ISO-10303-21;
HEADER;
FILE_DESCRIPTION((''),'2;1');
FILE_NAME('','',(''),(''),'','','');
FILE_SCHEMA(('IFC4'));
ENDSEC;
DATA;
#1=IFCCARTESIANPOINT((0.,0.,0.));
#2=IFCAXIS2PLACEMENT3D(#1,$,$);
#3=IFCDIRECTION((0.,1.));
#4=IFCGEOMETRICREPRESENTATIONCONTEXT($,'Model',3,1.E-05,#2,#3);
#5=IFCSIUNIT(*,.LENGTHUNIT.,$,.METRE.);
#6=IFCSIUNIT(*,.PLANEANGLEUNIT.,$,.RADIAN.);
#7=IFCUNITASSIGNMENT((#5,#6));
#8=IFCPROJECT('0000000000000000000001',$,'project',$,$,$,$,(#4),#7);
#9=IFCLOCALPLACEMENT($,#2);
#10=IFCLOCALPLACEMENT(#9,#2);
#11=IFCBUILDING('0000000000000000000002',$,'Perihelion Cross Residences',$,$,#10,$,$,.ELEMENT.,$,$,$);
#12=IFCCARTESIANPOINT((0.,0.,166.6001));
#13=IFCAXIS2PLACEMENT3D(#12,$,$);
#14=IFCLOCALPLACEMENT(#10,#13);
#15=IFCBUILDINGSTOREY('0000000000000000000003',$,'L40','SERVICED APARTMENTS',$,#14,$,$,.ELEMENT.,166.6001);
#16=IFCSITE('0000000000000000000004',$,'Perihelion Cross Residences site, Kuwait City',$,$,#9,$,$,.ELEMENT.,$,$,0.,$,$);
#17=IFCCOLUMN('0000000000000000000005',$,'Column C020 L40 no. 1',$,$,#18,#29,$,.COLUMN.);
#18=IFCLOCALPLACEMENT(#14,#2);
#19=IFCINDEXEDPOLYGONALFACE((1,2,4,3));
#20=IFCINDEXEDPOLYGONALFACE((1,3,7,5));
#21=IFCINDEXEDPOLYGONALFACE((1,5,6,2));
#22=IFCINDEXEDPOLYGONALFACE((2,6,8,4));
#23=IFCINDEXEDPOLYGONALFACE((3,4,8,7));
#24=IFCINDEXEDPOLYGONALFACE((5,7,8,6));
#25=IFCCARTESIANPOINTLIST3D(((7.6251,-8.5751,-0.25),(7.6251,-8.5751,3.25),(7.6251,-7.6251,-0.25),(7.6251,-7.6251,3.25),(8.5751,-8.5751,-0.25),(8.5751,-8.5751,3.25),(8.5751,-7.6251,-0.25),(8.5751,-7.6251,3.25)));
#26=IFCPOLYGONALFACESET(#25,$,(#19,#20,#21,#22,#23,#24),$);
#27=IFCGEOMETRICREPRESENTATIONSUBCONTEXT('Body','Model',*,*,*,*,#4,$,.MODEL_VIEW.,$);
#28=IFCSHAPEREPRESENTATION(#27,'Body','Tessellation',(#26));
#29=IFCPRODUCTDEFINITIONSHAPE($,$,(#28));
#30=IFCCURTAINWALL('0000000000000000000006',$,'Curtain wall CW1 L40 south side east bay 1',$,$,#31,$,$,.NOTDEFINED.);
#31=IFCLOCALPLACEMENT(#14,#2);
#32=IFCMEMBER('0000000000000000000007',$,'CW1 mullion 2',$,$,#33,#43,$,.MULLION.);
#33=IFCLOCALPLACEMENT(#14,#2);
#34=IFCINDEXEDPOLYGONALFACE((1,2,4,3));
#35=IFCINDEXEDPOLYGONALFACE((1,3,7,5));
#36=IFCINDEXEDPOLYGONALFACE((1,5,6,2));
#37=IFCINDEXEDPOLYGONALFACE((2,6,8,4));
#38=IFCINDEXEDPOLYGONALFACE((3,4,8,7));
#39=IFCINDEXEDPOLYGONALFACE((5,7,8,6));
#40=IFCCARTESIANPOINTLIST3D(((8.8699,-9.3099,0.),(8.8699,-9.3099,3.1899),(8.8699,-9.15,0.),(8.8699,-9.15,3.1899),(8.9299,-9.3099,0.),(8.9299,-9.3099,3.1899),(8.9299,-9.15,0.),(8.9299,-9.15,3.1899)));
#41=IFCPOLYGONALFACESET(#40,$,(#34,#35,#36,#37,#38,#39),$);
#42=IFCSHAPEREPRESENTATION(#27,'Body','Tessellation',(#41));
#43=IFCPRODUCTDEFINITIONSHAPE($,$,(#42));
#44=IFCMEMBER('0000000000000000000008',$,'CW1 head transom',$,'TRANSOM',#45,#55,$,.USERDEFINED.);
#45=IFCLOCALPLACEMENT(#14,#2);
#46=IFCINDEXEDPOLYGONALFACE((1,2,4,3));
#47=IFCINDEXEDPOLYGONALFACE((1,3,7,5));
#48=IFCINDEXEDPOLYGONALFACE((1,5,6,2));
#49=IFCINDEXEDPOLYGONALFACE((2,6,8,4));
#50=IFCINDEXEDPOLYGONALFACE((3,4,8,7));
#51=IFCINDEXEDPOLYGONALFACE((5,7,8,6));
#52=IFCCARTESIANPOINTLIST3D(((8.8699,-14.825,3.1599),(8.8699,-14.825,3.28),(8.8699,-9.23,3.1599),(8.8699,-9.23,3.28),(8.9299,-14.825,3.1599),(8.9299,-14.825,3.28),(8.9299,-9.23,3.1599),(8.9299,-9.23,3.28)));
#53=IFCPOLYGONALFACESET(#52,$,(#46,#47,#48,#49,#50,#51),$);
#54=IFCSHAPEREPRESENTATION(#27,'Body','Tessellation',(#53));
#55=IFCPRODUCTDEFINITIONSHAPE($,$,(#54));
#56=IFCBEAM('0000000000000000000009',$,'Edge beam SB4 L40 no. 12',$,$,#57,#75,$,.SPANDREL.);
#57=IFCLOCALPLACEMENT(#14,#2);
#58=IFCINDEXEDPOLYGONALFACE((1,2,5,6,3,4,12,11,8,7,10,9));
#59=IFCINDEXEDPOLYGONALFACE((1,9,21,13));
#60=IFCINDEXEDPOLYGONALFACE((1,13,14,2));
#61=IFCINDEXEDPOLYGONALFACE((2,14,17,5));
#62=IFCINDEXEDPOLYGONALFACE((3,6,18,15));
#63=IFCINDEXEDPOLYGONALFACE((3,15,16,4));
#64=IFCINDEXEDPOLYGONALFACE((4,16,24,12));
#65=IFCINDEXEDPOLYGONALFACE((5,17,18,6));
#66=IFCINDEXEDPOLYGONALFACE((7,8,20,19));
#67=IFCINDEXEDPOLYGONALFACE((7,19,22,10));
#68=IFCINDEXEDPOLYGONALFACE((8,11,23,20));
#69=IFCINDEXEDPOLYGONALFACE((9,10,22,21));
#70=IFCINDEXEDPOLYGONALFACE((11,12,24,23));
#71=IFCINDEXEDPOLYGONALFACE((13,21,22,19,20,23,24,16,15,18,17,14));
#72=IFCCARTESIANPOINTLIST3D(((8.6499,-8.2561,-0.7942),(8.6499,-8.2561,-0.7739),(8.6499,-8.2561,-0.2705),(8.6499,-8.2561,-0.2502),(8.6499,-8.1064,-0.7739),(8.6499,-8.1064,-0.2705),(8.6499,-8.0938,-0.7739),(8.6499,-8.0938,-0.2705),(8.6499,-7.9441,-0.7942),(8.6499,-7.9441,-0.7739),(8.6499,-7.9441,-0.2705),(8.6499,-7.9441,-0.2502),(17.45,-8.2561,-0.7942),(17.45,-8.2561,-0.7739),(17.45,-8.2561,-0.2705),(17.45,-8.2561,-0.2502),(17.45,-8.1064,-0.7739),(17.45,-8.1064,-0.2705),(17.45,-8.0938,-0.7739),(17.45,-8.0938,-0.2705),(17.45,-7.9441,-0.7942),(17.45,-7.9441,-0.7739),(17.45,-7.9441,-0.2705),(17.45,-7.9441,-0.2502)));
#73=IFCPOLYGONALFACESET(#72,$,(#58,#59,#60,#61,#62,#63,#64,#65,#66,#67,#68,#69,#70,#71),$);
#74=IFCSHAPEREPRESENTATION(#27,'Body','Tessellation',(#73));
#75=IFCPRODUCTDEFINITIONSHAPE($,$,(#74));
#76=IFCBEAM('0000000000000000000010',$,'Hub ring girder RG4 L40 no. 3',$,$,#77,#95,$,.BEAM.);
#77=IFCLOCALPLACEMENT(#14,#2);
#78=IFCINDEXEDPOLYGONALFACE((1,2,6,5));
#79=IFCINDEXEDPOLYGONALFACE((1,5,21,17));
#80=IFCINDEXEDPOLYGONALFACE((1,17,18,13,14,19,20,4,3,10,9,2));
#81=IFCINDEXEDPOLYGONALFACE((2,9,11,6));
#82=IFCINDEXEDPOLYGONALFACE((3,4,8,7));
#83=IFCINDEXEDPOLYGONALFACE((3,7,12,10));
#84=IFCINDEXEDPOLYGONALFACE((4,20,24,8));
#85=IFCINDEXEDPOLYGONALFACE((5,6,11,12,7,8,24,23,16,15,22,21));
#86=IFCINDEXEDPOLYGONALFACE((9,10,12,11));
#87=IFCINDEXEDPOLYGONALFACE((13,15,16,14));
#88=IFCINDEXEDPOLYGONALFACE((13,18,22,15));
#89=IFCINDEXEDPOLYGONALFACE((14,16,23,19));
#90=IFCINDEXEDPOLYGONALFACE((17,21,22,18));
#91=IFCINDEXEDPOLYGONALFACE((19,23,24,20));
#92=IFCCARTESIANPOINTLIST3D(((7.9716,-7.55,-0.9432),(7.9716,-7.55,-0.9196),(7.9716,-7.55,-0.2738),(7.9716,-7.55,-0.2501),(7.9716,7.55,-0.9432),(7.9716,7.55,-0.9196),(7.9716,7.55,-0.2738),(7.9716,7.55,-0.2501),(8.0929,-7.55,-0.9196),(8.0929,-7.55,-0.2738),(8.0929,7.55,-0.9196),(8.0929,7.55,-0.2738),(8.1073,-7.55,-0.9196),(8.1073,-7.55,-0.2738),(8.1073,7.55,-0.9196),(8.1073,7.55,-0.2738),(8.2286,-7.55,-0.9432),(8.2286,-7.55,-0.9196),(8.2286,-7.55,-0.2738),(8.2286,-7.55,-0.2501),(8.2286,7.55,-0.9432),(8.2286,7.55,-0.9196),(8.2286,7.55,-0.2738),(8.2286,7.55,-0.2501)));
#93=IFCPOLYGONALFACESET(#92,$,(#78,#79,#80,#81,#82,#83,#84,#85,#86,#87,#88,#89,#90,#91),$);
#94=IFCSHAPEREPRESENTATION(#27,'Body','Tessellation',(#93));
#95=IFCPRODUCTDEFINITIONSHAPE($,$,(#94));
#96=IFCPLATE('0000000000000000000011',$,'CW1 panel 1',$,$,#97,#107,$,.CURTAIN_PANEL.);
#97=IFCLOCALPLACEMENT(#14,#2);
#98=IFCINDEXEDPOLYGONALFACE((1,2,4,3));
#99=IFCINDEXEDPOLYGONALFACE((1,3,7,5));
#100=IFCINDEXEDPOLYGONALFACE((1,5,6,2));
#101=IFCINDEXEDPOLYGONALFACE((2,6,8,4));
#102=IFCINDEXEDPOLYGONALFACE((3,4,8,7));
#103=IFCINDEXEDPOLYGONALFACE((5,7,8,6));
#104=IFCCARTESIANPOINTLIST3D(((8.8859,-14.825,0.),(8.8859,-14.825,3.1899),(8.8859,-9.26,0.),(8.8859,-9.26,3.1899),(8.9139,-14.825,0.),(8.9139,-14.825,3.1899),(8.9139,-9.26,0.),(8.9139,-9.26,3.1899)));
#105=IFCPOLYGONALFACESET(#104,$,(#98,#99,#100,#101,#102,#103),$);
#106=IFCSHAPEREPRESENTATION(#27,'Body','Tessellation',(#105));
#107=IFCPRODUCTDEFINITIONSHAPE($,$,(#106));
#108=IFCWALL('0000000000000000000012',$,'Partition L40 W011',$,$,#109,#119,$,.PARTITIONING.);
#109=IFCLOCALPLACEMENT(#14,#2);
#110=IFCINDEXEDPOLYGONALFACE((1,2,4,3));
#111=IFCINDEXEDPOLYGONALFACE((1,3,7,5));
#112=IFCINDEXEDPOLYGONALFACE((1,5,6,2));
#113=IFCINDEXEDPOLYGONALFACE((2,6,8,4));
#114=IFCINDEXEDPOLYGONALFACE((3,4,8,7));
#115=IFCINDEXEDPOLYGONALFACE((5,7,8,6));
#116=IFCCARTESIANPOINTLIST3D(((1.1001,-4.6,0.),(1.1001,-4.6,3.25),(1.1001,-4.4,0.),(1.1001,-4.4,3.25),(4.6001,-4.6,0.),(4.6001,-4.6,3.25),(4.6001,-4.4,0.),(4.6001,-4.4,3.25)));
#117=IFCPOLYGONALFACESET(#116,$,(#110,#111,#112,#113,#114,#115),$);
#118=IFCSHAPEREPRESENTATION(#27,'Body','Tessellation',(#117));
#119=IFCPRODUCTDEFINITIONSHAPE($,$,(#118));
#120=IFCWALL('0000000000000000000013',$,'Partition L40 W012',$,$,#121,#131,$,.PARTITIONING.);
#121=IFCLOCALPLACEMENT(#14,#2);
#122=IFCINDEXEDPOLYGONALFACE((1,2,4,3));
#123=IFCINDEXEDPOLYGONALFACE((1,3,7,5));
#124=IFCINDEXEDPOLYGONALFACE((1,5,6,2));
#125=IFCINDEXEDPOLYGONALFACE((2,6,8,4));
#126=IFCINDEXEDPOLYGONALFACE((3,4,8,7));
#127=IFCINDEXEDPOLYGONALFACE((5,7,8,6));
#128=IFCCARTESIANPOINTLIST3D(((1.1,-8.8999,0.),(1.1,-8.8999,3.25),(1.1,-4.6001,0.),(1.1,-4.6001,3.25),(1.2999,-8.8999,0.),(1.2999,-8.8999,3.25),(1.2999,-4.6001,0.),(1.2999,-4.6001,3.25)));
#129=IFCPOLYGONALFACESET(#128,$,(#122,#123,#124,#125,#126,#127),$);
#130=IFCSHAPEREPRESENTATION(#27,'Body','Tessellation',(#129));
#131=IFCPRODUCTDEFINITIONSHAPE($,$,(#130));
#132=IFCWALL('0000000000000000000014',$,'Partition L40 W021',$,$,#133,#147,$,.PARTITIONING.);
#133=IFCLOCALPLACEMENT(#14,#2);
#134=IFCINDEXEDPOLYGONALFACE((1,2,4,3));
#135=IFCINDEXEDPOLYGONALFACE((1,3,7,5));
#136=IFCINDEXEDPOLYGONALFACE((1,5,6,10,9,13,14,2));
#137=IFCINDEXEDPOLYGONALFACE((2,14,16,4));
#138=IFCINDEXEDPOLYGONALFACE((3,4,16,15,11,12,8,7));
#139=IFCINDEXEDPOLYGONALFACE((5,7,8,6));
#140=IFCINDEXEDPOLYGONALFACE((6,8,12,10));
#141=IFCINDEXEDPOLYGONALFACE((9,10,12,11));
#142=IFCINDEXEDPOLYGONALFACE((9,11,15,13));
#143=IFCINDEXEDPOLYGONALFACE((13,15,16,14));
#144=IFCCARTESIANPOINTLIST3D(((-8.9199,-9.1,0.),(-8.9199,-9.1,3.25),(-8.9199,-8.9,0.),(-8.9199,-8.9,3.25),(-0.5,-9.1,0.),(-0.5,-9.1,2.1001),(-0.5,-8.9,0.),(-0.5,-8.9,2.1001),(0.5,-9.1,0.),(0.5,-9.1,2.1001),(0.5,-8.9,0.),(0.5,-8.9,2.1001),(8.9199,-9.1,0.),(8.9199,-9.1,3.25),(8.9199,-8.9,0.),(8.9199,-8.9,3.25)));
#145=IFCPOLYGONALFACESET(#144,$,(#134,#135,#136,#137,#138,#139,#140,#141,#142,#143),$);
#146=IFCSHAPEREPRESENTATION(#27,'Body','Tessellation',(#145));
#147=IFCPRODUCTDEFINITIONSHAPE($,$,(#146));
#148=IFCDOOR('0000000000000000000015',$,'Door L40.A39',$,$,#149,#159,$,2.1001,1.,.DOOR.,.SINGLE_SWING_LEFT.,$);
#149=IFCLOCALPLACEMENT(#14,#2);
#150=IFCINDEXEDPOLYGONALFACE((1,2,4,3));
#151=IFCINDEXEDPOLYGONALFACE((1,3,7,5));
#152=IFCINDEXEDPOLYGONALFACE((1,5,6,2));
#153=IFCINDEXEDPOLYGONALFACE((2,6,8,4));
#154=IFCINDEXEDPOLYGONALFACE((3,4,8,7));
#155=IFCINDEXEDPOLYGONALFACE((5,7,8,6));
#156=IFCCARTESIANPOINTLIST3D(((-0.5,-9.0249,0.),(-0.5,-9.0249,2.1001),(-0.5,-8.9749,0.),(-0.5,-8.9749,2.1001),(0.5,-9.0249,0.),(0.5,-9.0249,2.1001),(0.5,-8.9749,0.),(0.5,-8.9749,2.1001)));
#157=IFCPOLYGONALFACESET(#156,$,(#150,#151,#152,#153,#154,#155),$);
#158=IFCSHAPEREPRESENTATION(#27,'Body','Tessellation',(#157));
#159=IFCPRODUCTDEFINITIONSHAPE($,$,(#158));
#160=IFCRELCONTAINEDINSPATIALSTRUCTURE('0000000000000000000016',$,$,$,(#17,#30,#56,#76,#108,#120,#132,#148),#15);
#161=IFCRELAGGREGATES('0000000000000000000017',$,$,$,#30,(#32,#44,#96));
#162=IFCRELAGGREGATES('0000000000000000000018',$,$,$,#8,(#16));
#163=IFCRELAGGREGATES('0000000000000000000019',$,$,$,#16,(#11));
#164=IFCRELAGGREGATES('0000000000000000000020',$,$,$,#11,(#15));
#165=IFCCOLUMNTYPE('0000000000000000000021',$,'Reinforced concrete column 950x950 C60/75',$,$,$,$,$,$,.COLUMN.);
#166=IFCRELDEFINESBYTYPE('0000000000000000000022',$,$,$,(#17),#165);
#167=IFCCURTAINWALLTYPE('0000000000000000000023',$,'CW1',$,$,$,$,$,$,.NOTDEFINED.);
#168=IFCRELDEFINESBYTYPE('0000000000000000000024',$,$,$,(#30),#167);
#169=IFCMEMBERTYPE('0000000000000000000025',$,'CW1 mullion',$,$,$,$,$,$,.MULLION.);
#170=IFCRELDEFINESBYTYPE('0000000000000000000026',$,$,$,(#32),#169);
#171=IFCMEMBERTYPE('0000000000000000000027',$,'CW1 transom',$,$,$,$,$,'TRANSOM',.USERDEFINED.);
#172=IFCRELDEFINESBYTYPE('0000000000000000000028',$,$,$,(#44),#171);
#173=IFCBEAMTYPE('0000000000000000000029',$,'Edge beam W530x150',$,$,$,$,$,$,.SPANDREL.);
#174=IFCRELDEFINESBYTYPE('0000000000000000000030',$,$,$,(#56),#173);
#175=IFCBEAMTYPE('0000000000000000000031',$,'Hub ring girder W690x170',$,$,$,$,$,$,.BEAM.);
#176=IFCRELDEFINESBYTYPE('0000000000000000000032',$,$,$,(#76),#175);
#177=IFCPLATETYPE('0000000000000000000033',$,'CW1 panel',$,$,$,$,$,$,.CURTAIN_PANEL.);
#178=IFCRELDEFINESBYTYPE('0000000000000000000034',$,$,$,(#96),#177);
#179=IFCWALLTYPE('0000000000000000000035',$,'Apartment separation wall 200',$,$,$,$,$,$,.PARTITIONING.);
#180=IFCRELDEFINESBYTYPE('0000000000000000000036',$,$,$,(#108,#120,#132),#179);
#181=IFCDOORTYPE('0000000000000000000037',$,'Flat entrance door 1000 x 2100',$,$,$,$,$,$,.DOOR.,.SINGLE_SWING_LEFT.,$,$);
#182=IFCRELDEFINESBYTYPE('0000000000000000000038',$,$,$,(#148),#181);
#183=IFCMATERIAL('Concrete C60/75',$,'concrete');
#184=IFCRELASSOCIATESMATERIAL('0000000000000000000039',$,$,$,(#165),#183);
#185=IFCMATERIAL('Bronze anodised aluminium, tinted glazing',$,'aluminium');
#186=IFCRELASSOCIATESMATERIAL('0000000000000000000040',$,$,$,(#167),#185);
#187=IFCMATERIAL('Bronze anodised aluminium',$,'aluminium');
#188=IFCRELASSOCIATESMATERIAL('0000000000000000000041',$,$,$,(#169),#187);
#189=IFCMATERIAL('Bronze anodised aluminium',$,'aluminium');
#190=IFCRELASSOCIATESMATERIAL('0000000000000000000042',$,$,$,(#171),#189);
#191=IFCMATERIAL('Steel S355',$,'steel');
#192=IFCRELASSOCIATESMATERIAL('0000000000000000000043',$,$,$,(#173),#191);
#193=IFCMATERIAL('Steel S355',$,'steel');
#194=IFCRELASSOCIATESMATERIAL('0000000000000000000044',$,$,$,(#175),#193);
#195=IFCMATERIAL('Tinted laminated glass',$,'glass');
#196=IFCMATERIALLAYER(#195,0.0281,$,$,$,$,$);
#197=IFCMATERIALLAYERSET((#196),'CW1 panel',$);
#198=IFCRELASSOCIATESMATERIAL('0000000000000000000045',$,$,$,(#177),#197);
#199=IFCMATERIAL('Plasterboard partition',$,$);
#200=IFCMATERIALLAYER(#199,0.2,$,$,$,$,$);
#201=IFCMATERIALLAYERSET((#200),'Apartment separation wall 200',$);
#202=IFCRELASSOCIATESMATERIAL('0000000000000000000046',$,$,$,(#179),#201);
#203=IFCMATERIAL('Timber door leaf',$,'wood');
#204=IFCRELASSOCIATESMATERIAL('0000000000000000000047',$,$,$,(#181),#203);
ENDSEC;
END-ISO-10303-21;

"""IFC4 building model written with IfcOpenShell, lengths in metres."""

from ifc_helpers import new_model, si_unit, direction, frame, frame_2d, origin, origin_2d, place, context, subcontext, project, spatial, rectangle, i_section, extrude, material, layer, layer_set, material_profile, profile_set, type_object, element, fill, aggregate, save


model = new_model("IFC4")

# Units and contexts
model_context = context("Model", 3, precision=1e-05, world=origin(), true_north=direction((0.0, 1.0)))
body_context = subcontext(model_context, "Body", "Model", "MODEL_VIEW")
ifc_project = project(units=[si_unit("LENGTHUNIT", "METRE"), si_unit("PLANEANGLEUNIT", "RADIAN")], contexts=[model_context])

# Site, building, storey
site_placement = place(None, origin())
site = spatial("IfcSite", under=ifc_project, at=site_placement, Name="Perihelion Cross Residences site, Kuwait City", CompositionType="ELEMENT", RefElevation=0.0)
building_placement = place(site_placement, origin())
building = spatial("IfcBuilding", under=site, at=building_placement, Name="Perihelion Cross Residences", CompositionType="ELEMENT")
storey_placement = place(building_placement, frame((0.0, 0.0, 166.6001)))
storey = spatial("IfcBuildingStorey", under=building, at=storey_placement, Name="L40", Description="SERVICED APARTMENTS", CompositionType="ELEMENT", Elevation=166.6001)

# Column
ifc_material_1 = material(Name="Concrete C60/75", Category="concrete")
ifc_material_profile_1 = material_profile(ifc_material_1, rectangle(XDim=0.95, YDim=0.95, at=origin_2d()), Name="RC 950x950")
ifc_profile_set_1 = profile_set([ifc_material_profile_1], Name="Concrete C60/75")
column_type = type_object("IfcColumnType", Name="Reinforced concrete column 950x950 C60/75", PredefinedType="COLUMN", material=ifc_profile_set_1)
column_placement = place(storey_placement, frame((8.1001, -8.1001, -0.25), z_axis=(0.0, 0.0, 1.0), x_axis=(1.0, 0.0, 0.0)))
element("IfcColumn", 1, at=column_placement, inside=storey, type_object=column_type, Name="Column C020 L40 no. 1", PredefinedType="COLUMN", context=body_context, shape_type="SweptSolid", body=[
    extrude(rectangle(XDim=0.95, YDim=0.95, at=origin_2d()), origin(), (0.0, 0.0, 1.0), 3.5),
])

# Curtain wall, members
ifc_material_2 = material(Name="Bronze anodised aluminium, tinted glazing", Category="aluminium")
curtain_wall_type = type_object("IfcCurtainWallType", Name="CW1", PredefinedType="NOTDEFINED", material=ifc_material_2)
curtain_wall_placement = place(storey_placement, origin())
curtain_wall = element("IfcCurtainWall", 2, at=curtain_wall_placement, inside=storey, type_object=curtain_wall_type, Name="Curtain wall CW1 L40 south side east bay 1", PredefinedType="NOTDEFINED")
ifc_material_3 = material(Name="Bronze anodised aluminium", Category="aluminium")
ifc_material_profile_2 = material_profile(ifc_material_3, rectangle(XDim=0.0601, YDim=0.1599, at=origin_2d()), Name="CW1 mullion")
ifc_profile_set_2 = profile_set([ifc_material_profile_2], Name="Bronze anodised aluminium")
member_type_1 = type_object("IfcMemberType", Name="CW1 mullion", PredefinedType="MULLION", material=ifc_profile_set_2)
member_1_placement = place(storey_placement, frame((8.8999, -9.23, 0.0), z_axis=(0.0, 0.0, 1.0), x_axis=(-1.0, 0.0, 0.0)))
member_1 = element("IfcMember", 3, at=member_1_placement, type_object=member_type_1, Name="CW1 mullion 2", PredefinedType="MULLION", context=body_context, shape_type="SweptSolid", body=[
    extrude(rectangle(XDim=0.0601, YDim=0.1599, at=origin_2d()), origin(), (0.0, 0.0, 1.0), 3.1899),
])
ifc_material_4 = material(Name="Bronze anodised aluminium", Category="aluminium")
ifc_material_profile_3 = material_profile(ifc_material_4, rectangle(XDim=0.0601, YDim=0.1201, at=origin_2d()), Name="CW1 transom")
ifc_profile_set_3 = profile_set([ifc_material_profile_3], Name="Bronze anodised aluminium")
member_type_2 = type_object("IfcMemberType", Name="CW1 transom", ElementType="TRANSOM", PredefinedType="USERDEFINED", material=ifc_profile_set_3)
member_2_placement = place(storey_placement, frame((8.8999, -14.825, 3.22), z_axis=(0.0, 1.0, 0.0), x_axis=(-1.0, 0.0, 0.0)))
member_2 = element("IfcMember", 4, at=member_2_placement, type_object=member_type_2, Name="CW1 head transom", ObjectType="TRANSOM", PredefinedType="USERDEFINED", context=body_context, shape_type="SweptSolid", body=[
    extrude(rectangle(XDim=0.0601, YDim=0.1201, at=origin_2d()), origin(), (0.0, 0.0, 1.0), 5.595),
])

# Beams
ifc_material_5 = material(Name="Steel S355", Category="steel")
ifc_material_profile_4 = material_profile(ifc_material_5, i_section(OverallWidth=0.312, OverallDepth=0.5439, WebThickness=0.0127, FlangeThickness=0.0203, at=origin_2d()), Name="W530x150")
ifc_profile_set_4 = profile_set([ifc_material_profile_4], Name="Steel S355")
beam_type_1 = type_object("IfcBeamType", Name="Edge beam W530x150", PredefinedType="SPANDREL", material=ifc_profile_set_4)
beam_1_placement = place(storey_placement, frame((8.6499, -8.1001, -0.5222), z_axis=(1.0, 0.0, 0.0), x_axis=(0.0, 1.0, 0.0)))
element("IfcBeam", 5, at=beam_1_placement, inside=storey, type_object=beam_type_1, Name="Edge beam SB4 L40 no. 12", PredefinedType="SPANDREL", context=body_context, shape_type="SweptSolid", body=[
    extrude(i_section(OverallWidth=0.312, OverallDepth=0.5439, WebThickness=0.0127, FlangeThickness=0.0203, at=origin_2d()), origin(), (0.0, 0.0, 1.0), 8.8),
])
ifc_material_6 = material(Name="Steel S355", Category="steel")
ifc_material_profile_5 = material_profile(ifc_material_6, i_section(OverallWidth=0.2571, OverallDepth=0.6931, WebThickness=0.0144, FlangeThickness=0.0237, at=origin_2d()), Name="W690x170")
ifc_profile_set_5 = profile_set([ifc_material_profile_5], Name="Steel S355")
beam_type_2 = type_object("IfcBeamType", Name="Hub ring girder W690x170", PredefinedType="BEAM", material=ifc_profile_set_5)
beam_2_placement = place(storey_placement, frame((8.1001, -7.55, -0.5967), z_axis=(0.0, 1.0, 0.0), x_axis=(-1.0, 0.0, 0.0)))
element("IfcBeam", 6, at=beam_2_placement, inside=storey, type_object=beam_type_2, Name="Hub ring girder RG4 L40 no. 3", PredefinedType="BEAM", context=body_context, shape_type="SweptSolid", body=[
    extrude(i_section(OverallWidth=0.2571, OverallDepth=0.6931, WebThickness=0.0144, FlangeThickness=0.0237, at=origin_2d()), origin(), (0.0, 0.0, 1.0), 15.1001),
])

# Plate
ifc_material_7 = material(Name="Tinted laminated glass", Category="glass")
ifc_layer_1 = layer(ifc_material_7, 0.0281)
ifc_layer_set_1 = layer_set([ifc_layer_1], Name="CW1 panel")
plate_type = type_object("IfcPlateType", Name="CW1 panel", PredefinedType="CURTAIN_PANEL", material=ifc_layer_set_1)
plate_placement = place(storey_placement, frame((8.8999, -12.0425, 0.0), z_axis=(0.0, 0.0, 1.0), x_axis=(0.0, 1.0, 0.0)))
plate = element("IfcPlate", 7, at=plate_placement, type_object=plate_type, Name="CW1 panel 1", PredefinedType="CURTAIN_PANEL", context=body_context, shape_type="SweptSolid", body=[
    extrude(rectangle(XDim=5.5649, YDim=0.0281, at=origin_2d()), origin(), (0.0, 0.0, 1.0), 3.1899),
])
aggregate(curtain_wall, [member_1, member_2, plate])

# Walls
ifc_material_8 = material(Name="Plasterboard partition")
ifc_layer_2 = layer(ifc_material_8, 0.2)
ifc_layer_set_2 = layer_set([ifc_layer_2], Name="Apartment separation wall 200")
wall_type_1 = type_object("IfcWallType", Name="Apartment separation wall 200", PredefinedType="PARTITIONING", material=ifc_layer_set_2)
wall_1_placement = place(storey_placement, frame((4.6001, -4.5, 0.0), z_axis=(0.0, 0.0, 1.0), x_axis=(-1.0, 0.0, 0.0)))
element("IfcWall", 8, at=wall_1_placement, inside=storey, type_object=wall_type_1, Name="Partition L40 W011", PredefinedType="PARTITIONING", context=body_context, shape_type="SweptSolid", body=[
    extrude(rectangle(XDim=3.5, YDim=0.2, at=frame_2d((1.75, 0.0))), origin(), (0.0, 0.0, 1.0), 3.25),
])
wall_2_placement = place(storey_placement, frame((1.2, -4.6001, 0.0), z_axis=(0.0, 0.0, 1.0), x_axis=(0.0, -1.0, 0.0)))
element("IfcWall", 9, at=wall_2_placement, inside=storey, type_object=wall_type_1, Name="Partition L40 W012", PredefinedType="PARTITIONING", context=body_context, shape_type="SweptSolid", body=[
    extrude(rectangle(XDim=4.2998, YDim=0.2, at=frame_2d((2.1499, 0.0))), origin(), (0.0, 0.0, 1.0), 3.25),
])

# Wall, opening, door
wall_3_placement = place(storey_placement, frame((8.9199, -9.0, 0.0), z_axis=(0.0, 0.0, 1.0), x_axis=(-1.0, 0.0, 0.0)))
wall_3 = element("IfcWall", 10, at=wall_3_placement, inside=storey, type_object=wall_type_1, Name="Partition L40 W021", PredefinedType="PARTITIONING", context=body_context, shape_type="SweptSolid", body=[
    extrude(rectangle(XDim=17.8398, YDim=0.2, at=frame_2d((8.9199, 0.0))), origin(), (0.0, 0.0, 1.0), 3.25),
])
opening_1_placement = place(wall_3_placement, frame((8.4199, 0.0, 0.0)))
opening_1 = element("IfcOpeningElement", 11, at=opening_1_placement, cuts=wall_3, PredefinedType="OPENING", context=body_context, shape_type="SweptSolid", body=[
    extrude(rectangle(XDim=1.0, YDim=2.1001, at=frame_2d((0.5, 1.05))), frame((0.0, 0.1099, 0.0), z_axis=(0.0, -1.0, 0.0), x_axis=(1.0, 0.0, 0.0)), (0.0, 0.0, 1.0), 0.22),
])
ifc_material_9 = material(Name="Timber door leaf", Category="wood")
door_type_1 = type_object("IfcDoorType", Name="Flat entrance door 1000 x 2100", OperationType="SINGLE_SWING_LEFT", PredefinedType="DOOR", material=ifc_material_9)
door_1_placement = place(opening_1_placement, origin())
door_1 = element("IfcDoor", 12, at=door_1_placement, inside=storey, type_object=door_type_1, Name="Door L40.A39", OperationType="SINGLE_SWING_LEFT", OverallHeight=2.1001, OverallWidth=1.0, PredefinedType="DOOR", context=body_context, shape_type="SweptSolid", body=[
    extrude(rectangle(XDim=1.0, YDim=2.1001, at=frame_2d((0.5, 1.05))), frame((0.0, 0.0249, 0.0), z_axis=(0.0, -1.0, 0.0), x_axis=(1.0, 0.0, 0.0)), (0.0, 0.0, 1.0), 0.05),
])
fill(opening_1, door_1)

save(model, "model.ifc")
